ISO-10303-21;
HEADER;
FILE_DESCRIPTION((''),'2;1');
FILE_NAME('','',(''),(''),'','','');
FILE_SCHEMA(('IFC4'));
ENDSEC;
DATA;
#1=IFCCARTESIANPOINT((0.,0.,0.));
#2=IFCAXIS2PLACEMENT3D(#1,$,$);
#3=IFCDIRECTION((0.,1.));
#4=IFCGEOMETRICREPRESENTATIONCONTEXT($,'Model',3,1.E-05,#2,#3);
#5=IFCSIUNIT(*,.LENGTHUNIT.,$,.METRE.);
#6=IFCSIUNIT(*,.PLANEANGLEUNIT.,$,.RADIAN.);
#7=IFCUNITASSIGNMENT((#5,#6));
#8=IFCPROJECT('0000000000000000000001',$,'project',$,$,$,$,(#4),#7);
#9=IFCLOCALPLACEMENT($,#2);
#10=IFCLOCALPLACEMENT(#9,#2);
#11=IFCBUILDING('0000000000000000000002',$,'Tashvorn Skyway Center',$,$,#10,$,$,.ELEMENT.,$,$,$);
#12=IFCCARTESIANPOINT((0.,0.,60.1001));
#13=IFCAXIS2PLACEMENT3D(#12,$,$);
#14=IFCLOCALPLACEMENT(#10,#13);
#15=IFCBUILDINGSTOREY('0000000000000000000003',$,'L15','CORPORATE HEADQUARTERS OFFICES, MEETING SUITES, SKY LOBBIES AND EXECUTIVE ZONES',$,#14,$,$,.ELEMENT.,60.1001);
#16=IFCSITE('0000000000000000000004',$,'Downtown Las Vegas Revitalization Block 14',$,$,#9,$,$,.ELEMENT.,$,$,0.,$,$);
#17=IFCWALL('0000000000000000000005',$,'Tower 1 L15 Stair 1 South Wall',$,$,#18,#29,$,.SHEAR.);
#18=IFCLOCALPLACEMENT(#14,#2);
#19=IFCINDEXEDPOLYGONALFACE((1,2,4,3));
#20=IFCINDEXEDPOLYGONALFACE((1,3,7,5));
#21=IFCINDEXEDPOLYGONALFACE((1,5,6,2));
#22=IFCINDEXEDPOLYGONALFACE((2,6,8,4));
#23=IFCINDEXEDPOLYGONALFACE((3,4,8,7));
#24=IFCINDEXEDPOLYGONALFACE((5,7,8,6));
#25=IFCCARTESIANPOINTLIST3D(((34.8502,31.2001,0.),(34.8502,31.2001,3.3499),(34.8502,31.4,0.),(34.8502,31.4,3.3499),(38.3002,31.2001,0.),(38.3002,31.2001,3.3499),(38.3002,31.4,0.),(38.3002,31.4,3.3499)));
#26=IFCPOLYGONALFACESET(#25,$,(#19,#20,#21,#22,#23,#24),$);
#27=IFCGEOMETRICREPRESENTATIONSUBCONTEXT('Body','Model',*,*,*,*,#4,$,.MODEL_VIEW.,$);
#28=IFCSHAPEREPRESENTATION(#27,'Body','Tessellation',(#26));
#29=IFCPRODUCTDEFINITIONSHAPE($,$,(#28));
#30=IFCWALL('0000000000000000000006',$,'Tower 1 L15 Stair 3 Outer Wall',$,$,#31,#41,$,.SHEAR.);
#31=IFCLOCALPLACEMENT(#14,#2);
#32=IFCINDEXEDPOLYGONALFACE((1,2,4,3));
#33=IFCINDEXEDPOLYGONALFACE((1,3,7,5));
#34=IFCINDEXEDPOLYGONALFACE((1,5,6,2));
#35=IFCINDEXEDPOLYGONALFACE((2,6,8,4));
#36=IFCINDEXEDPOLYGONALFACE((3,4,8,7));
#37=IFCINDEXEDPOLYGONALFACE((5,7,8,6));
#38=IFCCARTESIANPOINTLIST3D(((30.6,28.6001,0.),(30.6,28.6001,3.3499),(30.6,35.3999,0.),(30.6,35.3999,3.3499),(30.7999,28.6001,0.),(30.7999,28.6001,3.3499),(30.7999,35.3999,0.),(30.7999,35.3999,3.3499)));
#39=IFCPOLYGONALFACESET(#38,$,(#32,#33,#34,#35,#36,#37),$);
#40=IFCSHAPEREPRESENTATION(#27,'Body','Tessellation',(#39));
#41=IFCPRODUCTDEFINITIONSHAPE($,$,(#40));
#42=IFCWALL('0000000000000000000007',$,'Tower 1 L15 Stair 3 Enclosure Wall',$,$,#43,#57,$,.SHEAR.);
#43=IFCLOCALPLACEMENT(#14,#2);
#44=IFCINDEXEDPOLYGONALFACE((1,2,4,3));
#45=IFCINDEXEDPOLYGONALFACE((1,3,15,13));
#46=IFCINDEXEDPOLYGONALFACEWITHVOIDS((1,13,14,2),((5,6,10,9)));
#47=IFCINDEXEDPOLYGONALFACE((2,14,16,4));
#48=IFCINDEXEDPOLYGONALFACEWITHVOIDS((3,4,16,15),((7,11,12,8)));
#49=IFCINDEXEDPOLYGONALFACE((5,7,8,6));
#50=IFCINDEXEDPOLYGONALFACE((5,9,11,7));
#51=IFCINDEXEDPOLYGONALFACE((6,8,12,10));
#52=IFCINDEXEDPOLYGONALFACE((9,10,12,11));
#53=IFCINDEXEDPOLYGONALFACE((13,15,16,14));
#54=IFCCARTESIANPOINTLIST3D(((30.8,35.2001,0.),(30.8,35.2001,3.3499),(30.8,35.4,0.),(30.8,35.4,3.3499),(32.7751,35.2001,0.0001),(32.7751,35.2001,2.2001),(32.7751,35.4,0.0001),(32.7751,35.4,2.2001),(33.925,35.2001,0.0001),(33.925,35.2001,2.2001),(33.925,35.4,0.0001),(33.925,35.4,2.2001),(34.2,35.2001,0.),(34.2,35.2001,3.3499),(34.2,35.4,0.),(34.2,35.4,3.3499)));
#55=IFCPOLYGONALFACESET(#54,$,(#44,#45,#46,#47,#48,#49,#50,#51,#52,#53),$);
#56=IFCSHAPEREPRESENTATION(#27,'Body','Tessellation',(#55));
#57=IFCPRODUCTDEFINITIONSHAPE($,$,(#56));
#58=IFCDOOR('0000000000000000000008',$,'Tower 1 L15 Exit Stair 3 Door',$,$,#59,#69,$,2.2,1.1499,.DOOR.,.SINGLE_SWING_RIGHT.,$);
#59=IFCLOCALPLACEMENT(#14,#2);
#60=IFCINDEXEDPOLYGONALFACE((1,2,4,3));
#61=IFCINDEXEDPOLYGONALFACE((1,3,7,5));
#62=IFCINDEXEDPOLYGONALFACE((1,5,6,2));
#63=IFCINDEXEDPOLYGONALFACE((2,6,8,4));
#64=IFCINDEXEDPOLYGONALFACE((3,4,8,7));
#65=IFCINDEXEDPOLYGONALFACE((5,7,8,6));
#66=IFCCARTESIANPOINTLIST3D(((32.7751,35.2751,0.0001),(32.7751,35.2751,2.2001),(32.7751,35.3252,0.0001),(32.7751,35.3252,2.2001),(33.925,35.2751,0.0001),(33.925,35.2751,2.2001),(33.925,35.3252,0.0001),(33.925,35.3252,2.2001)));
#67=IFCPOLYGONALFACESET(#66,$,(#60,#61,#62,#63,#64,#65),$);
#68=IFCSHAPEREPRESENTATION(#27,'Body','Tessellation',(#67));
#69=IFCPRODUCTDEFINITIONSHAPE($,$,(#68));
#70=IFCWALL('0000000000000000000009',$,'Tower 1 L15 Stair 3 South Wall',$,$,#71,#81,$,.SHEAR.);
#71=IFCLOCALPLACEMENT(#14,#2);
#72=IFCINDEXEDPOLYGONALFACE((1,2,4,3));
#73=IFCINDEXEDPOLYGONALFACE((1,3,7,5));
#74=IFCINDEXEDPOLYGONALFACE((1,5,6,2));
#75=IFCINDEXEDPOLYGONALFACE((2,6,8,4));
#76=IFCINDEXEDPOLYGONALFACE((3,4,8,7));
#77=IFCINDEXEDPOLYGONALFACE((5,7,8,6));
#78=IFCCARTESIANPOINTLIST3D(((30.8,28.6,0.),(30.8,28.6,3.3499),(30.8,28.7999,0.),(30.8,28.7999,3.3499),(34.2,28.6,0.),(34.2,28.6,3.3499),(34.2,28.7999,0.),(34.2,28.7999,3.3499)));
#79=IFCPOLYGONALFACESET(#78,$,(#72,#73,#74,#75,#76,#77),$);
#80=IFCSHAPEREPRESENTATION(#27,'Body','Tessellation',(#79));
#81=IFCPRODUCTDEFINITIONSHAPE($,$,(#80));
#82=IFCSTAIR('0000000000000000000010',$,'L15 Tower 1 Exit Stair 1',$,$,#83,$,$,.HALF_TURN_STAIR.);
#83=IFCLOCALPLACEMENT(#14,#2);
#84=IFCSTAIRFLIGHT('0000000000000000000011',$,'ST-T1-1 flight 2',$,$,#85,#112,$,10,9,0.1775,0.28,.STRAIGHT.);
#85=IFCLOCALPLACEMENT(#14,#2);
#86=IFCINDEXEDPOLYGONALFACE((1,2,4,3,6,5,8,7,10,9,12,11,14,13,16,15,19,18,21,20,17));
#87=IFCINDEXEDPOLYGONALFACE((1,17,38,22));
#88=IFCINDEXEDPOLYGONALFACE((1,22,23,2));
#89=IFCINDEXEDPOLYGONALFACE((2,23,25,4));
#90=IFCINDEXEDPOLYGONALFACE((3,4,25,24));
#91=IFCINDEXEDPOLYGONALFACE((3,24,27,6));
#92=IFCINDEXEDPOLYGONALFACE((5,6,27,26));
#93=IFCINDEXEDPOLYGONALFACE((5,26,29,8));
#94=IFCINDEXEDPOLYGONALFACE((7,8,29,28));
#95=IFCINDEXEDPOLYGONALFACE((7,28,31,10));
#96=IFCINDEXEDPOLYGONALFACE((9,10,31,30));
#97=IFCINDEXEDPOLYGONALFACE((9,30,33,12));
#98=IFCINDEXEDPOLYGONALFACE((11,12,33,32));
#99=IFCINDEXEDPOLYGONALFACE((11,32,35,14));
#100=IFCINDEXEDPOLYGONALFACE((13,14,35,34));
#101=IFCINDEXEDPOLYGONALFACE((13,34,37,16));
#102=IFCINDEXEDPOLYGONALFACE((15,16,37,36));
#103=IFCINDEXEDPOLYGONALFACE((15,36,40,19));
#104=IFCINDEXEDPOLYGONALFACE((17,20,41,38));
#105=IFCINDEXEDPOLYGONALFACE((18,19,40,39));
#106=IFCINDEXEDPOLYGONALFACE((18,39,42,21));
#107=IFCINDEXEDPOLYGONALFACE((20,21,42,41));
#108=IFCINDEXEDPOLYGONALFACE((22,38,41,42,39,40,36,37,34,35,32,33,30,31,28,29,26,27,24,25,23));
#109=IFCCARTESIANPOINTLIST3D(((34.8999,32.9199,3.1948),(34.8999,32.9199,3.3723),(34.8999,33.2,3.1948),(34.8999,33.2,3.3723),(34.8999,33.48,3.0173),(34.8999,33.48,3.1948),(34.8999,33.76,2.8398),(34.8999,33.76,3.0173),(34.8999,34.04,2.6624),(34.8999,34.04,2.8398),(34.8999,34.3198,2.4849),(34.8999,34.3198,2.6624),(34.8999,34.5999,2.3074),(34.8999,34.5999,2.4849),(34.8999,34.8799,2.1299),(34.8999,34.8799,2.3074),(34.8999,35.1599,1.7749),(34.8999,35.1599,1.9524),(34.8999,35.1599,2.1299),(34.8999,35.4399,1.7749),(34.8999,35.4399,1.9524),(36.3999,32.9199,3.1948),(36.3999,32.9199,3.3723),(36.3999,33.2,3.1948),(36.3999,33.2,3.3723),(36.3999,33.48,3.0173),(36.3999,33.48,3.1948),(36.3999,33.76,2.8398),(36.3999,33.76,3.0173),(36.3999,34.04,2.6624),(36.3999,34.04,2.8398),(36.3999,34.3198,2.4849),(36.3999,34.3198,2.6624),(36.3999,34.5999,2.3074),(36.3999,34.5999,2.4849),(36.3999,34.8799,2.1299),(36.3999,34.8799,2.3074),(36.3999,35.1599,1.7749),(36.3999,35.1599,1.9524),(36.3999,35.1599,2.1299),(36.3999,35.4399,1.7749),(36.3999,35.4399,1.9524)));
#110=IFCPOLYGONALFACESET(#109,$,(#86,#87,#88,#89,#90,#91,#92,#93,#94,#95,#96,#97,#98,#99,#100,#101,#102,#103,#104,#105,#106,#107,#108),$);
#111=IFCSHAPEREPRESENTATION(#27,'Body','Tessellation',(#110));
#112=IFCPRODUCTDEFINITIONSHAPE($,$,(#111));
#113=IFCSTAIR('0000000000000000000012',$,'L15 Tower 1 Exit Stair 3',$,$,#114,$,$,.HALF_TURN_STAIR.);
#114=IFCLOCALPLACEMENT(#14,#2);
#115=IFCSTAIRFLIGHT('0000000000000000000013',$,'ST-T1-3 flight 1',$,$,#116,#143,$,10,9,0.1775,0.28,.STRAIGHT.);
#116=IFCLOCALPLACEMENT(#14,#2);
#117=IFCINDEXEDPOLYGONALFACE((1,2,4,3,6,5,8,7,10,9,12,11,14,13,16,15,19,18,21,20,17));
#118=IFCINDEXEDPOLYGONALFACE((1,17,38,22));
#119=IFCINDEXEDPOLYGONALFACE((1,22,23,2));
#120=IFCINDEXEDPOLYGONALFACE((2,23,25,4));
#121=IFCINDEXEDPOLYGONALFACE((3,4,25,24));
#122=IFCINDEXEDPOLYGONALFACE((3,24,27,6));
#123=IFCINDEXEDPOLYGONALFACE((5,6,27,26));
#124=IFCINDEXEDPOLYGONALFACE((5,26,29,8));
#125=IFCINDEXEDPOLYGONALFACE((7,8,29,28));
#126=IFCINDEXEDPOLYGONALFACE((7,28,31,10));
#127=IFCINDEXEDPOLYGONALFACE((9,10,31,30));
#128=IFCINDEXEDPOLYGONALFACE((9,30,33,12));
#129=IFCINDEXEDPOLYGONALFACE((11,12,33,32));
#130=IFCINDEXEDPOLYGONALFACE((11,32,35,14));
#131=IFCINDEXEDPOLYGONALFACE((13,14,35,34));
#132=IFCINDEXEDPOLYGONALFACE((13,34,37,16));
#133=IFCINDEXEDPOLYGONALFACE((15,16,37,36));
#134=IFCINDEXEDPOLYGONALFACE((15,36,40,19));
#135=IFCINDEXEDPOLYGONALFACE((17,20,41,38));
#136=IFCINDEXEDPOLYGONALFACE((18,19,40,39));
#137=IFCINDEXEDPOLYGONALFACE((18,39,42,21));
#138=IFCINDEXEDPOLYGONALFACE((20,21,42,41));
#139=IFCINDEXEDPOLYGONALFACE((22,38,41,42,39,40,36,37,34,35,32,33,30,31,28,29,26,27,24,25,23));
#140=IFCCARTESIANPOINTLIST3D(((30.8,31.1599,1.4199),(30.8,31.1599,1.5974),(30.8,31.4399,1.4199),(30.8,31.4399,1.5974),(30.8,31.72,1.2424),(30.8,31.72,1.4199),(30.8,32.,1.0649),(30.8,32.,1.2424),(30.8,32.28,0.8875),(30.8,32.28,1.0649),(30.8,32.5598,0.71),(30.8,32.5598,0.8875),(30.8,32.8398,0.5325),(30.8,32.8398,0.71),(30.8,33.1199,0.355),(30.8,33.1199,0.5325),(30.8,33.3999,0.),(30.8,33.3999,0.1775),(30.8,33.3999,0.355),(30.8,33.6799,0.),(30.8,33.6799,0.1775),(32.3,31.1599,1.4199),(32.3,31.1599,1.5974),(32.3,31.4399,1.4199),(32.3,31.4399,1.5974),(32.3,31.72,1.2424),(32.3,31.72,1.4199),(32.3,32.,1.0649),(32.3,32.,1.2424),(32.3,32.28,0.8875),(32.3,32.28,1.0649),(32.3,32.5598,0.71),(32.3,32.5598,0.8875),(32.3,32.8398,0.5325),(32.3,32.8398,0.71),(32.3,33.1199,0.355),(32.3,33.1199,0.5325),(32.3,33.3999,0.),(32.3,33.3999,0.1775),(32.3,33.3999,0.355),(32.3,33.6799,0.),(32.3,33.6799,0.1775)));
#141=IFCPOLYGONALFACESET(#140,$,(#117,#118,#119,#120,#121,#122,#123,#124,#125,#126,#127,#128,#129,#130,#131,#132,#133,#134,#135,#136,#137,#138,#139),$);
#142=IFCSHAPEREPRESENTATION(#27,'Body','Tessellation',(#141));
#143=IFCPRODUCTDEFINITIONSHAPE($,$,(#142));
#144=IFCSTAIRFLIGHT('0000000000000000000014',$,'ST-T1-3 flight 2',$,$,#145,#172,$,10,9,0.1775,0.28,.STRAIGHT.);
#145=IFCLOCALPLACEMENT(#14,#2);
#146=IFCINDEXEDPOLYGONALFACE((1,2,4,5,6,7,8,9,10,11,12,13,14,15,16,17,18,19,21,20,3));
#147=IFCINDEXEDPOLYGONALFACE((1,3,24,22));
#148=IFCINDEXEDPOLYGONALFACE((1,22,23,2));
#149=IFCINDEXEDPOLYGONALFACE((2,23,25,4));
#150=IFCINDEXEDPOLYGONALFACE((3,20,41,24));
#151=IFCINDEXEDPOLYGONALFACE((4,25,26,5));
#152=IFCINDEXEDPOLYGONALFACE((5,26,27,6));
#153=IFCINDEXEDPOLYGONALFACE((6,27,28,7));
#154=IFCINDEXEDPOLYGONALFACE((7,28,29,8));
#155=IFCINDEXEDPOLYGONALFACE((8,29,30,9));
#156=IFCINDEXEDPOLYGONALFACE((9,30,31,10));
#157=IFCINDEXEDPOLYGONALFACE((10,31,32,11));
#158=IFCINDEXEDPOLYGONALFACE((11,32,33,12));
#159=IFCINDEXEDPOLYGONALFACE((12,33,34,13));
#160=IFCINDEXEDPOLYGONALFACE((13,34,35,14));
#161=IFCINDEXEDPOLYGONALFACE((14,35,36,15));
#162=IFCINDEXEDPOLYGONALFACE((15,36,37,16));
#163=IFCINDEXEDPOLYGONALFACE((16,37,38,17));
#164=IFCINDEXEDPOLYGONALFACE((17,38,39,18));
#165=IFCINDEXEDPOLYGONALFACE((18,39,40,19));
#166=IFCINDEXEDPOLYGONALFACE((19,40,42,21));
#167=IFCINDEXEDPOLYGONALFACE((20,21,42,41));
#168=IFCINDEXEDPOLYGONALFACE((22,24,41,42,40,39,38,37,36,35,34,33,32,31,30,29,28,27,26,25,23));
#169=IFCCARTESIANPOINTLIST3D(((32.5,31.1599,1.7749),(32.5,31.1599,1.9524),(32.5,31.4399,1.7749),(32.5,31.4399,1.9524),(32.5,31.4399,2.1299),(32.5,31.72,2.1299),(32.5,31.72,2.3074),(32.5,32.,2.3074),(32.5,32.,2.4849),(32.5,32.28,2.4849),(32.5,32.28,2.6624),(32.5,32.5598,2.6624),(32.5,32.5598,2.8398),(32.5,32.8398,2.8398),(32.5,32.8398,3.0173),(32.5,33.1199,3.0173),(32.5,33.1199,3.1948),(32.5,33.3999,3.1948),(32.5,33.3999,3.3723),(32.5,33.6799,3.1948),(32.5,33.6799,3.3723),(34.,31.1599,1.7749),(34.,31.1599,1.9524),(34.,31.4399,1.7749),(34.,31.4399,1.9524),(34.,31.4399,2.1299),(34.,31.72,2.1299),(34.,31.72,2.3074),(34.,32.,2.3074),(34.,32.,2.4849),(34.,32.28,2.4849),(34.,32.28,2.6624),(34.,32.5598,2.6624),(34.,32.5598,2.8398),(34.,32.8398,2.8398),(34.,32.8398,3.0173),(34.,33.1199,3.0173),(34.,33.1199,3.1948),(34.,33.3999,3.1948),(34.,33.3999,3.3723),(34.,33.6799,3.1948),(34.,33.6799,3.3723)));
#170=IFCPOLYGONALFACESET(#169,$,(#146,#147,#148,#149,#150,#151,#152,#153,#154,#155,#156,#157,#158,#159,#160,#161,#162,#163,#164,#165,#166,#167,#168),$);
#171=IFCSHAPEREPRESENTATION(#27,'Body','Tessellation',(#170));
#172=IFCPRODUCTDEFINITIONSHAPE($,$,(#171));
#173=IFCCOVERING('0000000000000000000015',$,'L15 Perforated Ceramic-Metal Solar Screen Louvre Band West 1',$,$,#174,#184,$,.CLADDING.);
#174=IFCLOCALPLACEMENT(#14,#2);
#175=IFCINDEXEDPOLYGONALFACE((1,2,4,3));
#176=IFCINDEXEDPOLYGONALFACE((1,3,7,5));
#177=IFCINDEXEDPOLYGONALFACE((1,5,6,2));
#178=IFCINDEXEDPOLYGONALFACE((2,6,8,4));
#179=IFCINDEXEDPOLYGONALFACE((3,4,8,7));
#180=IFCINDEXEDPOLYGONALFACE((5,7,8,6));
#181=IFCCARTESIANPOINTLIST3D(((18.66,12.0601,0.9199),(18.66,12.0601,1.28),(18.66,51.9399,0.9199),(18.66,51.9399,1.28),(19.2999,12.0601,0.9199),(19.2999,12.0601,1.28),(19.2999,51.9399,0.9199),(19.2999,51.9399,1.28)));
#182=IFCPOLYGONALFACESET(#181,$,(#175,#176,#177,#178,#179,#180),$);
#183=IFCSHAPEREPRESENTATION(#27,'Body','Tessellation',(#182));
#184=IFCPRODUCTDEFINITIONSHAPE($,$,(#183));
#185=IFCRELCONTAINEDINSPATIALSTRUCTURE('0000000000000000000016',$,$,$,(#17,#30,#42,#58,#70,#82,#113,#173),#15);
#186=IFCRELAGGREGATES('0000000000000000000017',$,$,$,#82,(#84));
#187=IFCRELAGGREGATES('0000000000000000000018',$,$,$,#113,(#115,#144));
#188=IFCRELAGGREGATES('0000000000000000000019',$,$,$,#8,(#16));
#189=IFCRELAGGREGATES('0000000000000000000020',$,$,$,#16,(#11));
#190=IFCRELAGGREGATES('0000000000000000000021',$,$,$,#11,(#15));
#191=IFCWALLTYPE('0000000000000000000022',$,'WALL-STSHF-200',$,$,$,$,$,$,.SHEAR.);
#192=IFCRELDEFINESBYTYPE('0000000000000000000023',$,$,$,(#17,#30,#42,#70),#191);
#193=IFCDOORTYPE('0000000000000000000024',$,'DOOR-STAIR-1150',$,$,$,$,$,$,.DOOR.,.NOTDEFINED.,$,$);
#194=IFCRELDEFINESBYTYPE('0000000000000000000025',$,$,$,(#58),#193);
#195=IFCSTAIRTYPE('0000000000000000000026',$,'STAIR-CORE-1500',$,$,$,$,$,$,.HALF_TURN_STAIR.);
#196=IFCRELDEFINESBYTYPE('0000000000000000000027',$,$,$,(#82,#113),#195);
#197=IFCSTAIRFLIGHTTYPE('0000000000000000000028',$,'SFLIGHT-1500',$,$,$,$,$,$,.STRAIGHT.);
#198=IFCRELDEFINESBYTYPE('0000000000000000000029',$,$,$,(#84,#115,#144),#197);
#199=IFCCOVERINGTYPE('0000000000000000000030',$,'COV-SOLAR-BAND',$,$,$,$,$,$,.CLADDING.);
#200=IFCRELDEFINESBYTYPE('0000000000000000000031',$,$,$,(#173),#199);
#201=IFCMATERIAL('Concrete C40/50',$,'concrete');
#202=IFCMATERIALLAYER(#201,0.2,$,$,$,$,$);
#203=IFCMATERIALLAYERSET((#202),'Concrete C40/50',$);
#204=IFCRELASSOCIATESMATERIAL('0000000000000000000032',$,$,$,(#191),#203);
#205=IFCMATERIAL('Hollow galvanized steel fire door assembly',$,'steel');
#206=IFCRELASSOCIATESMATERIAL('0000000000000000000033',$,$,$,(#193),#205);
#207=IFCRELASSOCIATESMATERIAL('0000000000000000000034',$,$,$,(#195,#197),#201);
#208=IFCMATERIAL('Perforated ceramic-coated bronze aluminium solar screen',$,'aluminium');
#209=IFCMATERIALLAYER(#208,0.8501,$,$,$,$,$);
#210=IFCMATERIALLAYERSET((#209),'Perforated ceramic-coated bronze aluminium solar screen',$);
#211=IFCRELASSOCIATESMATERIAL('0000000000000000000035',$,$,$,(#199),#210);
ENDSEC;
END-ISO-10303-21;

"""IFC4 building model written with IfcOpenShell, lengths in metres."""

from ifc_helpers import new_model, si_unit, direction, frame, frame_2d, origin, origin_2d, place, context, subcontext, project, spatial, polyline, rectangle, outline, extrude, material, layer, layer_set, type_object, element, fill, aggregate, save


model = new_model("IFC4")

# Units and contexts
model_context = context("Model", 3, precision=1e-05, world=origin(), true_north=direction((0.0, 1.0)))
body_context = subcontext(model_context, "Body", "Model", "MODEL_VIEW")
ifc_project = project(units=[si_unit("LENGTHUNIT", "METRE"), si_unit("PLANEANGLEUNIT", "RADIAN")], contexts=[model_context])

# Site, building, storey
site_placement = place(None, origin())
site = spatial("IfcSite", under=ifc_project, at=site_placement, Name="Downtown Las Vegas Revitalization Block 14", CompositionType="ELEMENT", RefElevation=0.0)
building_placement = place(site_placement, origin())
building = spatial("IfcBuilding", under=site, at=building_placement, Name="Tashvorn Skyway Center", CompositionType="ELEMENT")
storey_placement = place(building_placement, frame((0.0, 0.0, 60.1001)))
storey = spatial("IfcBuildingStorey", under=building, at=storey_placement, Name="L15", Description="CORPORATE HEADQUARTERS OFFICES, MEETING SUITES, SKY LOBBIES AND EXECUTIVE ZONES", CompositionType="ELEMENT", Elevation=60.1001)

# Walls
ifc_material_1 = material(Name="Concrete C40/50", Category="concrete")
ifc_layer_1 = layer(ifc_material_1, 0.2)
ifc_layer_set_1 = layer_set([ifc_layer_1], Name="Concrete C40/50")
wall_type_1 = type_object("IfcWallType", Name="WALL-STSHF-200", PredefinedType="SHEAR", material=ifc_layer_set_1)
wall_1_placement = place(storey_placement, frame((34.8501, 31.3, 0.0), z_axis=(0.0, 0.0, 1.0), x_axis=(1.0, 0.0, 0.0)))
element("IfcWall", 1, at=wall_1_placement, inside=storey, type_object=wall_type_1, Name="Tower 1 L15 Stair 1 South Wall", PredefinedType="SHEAR", context=body_context, shape_type="SweptSolid", body=[
    extrude(rectangle(XDim=3.45, YDim=0.2, at=frame_2d((1.7251, 0.0))), origin(), (0.0, 0.0, 1.0), 3.3499),
])
wall_2_placement = place(storey_placement, frame((30.7, 28.6001, 0.0), z_axis=(0.0, 0.0, 1.0), x_axis=(0.0, 1.0, 0.0)))
element("IfcWall", 2, at=wall_2_placement, inside=storey, type_object=wall_type_1, Name="Tower 1 L15 Stair 3 Outer Wall", PredefinedType="SHEAR", context=body_context, shape_type="SweptSolid", body=[
    extrude(rectangle(XDim=6.7998, YDim=0.2, at=frame_2d((3.3999, 0.0))), origin(), (0.0, 0.0, 1.0), 3.3499),
])

# Wall, opening, door
wall_3_placement = place(storey_placement, frame((34.2, 35.3, 0.0), z_axis=(0.0, 0.0, 1.0), x_axis=(-1.0, 0.0, 0.0)))
wall_3 = element("IfcWall", 3, at=wall_3_placement, inside=storey, type_object=wall_type_1, Name="Tower 1 L15 Stair 3 Enclosure Wall", PredefinedType="SHEAR", context=body_context, shape_type="SweptSolid", body=[
    extrude(rectangle(XDim=3.3999, YDim=0.2, at=frame_2d((1.7, 0.0))), origin(), (0.0, 0.0, 1.0), 3.3499),
])
opening_placement = place(wall_3_placement, frame((0.2749, 0.0, 0.0)))
opening = element("IfcOpeningElement", 4, at=opening_placement, cuts=wall_3, PredefinedType="OPENING", context=body_context, shape_type="SweptSolid", body=[
    extrude(rectangle(XDim=1.1499, YDim=2.2, at=frame_2d((0.575, 1.1001))), frame((0.0, 0.1099, 0.0), z_axis=(0.0, -1.0, 0.0), x_axis=(1.0, 0.0, 0.0)), (0.0, 0.0, 1.0), 0.22),
])
ifc_material_2 = material(Name="Hollow galvanized steel fire door assembly", Category="steel")
door_type = type_object("IfcDoorType", Name="DOOR-STAIR-1150", OperationType="NOTDEFINED", PredefinedType="DOOR", material=ifc_material_2)
door_placement = place(opening_placement, origin())
door = element("IfcDoor", 5, at=door_placement, inside=storey, type_object=door_type, Name="Tower 1 L15 Exit Stair 3 Door", OperationType="SINGLE_SWING_RIGHT", OverallHeight=2.2, OverallWidth=1.1499, PredefinedType="DOOR", context=body_context, shape_type="SweptSolid", body=[
    extrude(rectangle(XDim=1.1499, YDim=2.2, at=frame_2d((0.575, 1.1001))), frame((0.0, 0.0249, 0.0), z_axis=(0.0, -1.0, 0.0), x_axis=(1.0, 0.0, 0.0)), (0.0, 0.0, 1.0), 0.05),
])
fill(opening, door)

# Wall
wall_4_placement = place(storey_placement, frame((30.8, 28.7, 0.0), z_axis=(0.0, 0.0, 1.0), x_axis=(1.0, 0.0, 0.0)))
element("IfcWall", 6, at=wall_4_placement, inside=storey, type_object=wall_type_1, Name="Tower 1 L15 Stair 3 South Wall", PredefinedType="SHEAR", context=body_context, shape_type="SweptSolid", body=[
    extrude(rectangle(XDim=3.3999, YDim=0.2, at=frame_2d((1.7, 0.0))), origin(), (0.0, 0.0, 1.0), 3.3499),
])

# Stair, stair flight
stair_type = type_object("IfcStairType", Name="STAIR-CORE-1500", PredefinedType="HALF_TURN_STAIR", material=ifc_material_1)
stair_1_placement = place(storey_placement, origin())
stair_1 = element("IfcStair", 7, at=stair_1_placement, inside=storey, type_object=stair_type, Name="L15 Tower 1 Exit Stair 1", PredefinedType="HALF_TURN_STAIR")
stair_flight_type = type_object("IfcStairFlightType", Name="SFLIGHT-1500", PredefinedType="STRAIGHT", material=ifc_material_1)
stair_flight_1_placement = place(storey_placement, frame((35.6499, 35.4399, 1.7749), z_axis=(0.0, 0.0, 1.0), x_axis=(0.0, -1.0, 0.0)))
stair_flight_1 = element("IfcStairFlight", 8, at=stair_flight_1_placement, type_object=stair_flight_type, Name="ST-T1-1 flight 2", NumberOfRisers=10, NumberOfTreads=9, PredefinedType="STRAIGHT", RiserHeight=0.1775, TreadLength=0.28, context=body_context, shape_type="SweptSolid", body=[
    extrude(outline(polyline([(0.0, 0.0), (0.0, 0.1775), (0.28, 0.1775), (0.28, 0.355), (0.5601, 0.355), (0.5601, 0.5325), (0.8401, 0.5325), (0.8401, 0.71), (1.1201, 0.71), (1.1201, 0.8875), (1.3999, 0.8875), (1.3999, 1.0649), (1.6799, 1.0649), (1.6799, 1.2424), (1.96, 1.2424), (1.96, 1.4199), (2.24, 1.4199), (2.24, 1.5974), (2.52, 1.5974), (2.52, 1.7749), (2.52, 1.4199), (0.28, 0.0), (0.0, 0.0)])), frame((0.0, 0.75, 0.0), z_axis=(0.0, -1.0, 0.0), x_axis=(1.0, 0.0, 0.0)), (0.0, 0.0, 1.0), 1.5),
])
aggregate(stair_1, [stair_flight_1])

# Stair, stair flights
stair_2_placement = place(storey_placement, origin())
stair_2 = element("IfcStair", 9, at=stair_2_placement, inside=storey, type_object=stair_type, Name="L15 Tower 1 Exit Stair 3", PredefinedType="HALF_TURN_STAIR")
stair_flight_2_placement = place(storey_placement, frame((31.55, 33.6799, 0.0), z_axis=(0.0, 0.0, 1.0), x_axis=(0.0, -1.0, 0.0)))
stair_flight_2 = element("IfcStairFlight", 10, at=stair_flight_2_placement, type_object=stair_flight_type, Name="ST-T1-3 flight 1", NumberOfRisers=10, NumberOfTreads=9, PredefinedType="STRAIGHT", RiserHeight=0.1775, TreadLength=0.28, context=body_context, shape_type="SweptSolid", body=[
    extrude(outline(polyline([(0.0, 0.0), (0.0, 0.1775), (0.28, 0.1775), (0.28, 0.355), (0.5601, 0.355), (0.5601, 0.5325), (0.8401, 0.5325), (0.8401, 0.71), (1.1201, 0.71), (1.1201, 0.8875), (1.3999, 0.8875), (1.3999, 1.0649), (1.6799, 1.0649), (1.6799, 1.2424), (1.96, 1.2424), (1.96, 1.4199), (2.24, 1.4199), (2.24, 1.5974), (2.52, 1.5974), (2.52, 1.7749), (2.52, 1.4199), (0.28, 0.0), (0.0, 0.0)])), frame((0.0, 0.75, 0.0), z_axis=(0.0, -1.0, 0.0), x_axis=(1.0, 0.0, 0.0)), (0.0, 0.0, 1.0), 1.5),
])
stair_flight_3_placement = place(storey_placement, frame((33.25, 31.1599, 1.7749), z_axis=(0.0, 0.0, 1.0), x_axis=(0.0, 1.0, 0.0)))
stair_flight_3 = element("IfcStairFlight", 11, at=stair_flight_3_placement, type_object=stair_flight_type, Name="ST-T1-3 flight 2", NumberOfRisers=10, NumberOfTreads=9, PredefinedType="STRAIGHT", RiserHeight=0.1775, TreadLength=0.28, context=body_context, shape_type="SweptSolid", body=[
    extrude(outline(polyline([(0.0, 0.0), (0.0, 0.1775), (0.28, 0.1775), (0.28, 0.355), (0.5601, 0.355), (0.5601, 0.5325), (0.8401, 0.5325), (0.8401, 0.71), (1.1201, 0.71), (1.1201, 0.8875), (1.3999, 0.8875), (1.3999, 1.0649), (1.6799, 1.0649), (1.6799, 1.2424), (1.96, 1.2424), (1.96, 1.4199), (2.24, 1.4199), (2.24, 1.5974), (2.52, 1.5974), (2.52, 1.7749), (2.52, 1.4199), (0.28, 0.0), (0.0, 0.0)])), frame((0.0, 0.75, 0.0), z_axis=(0.0, -1.0, 0.0), x_axis=(1.0, 0.0, 0.0)), (0.0, 0.0, 1.0), 1.5),
])
aggregate(stair_2, [stair_flight_2, stair_flight_3])

# Covering
ifc_material_3 = material(Name="Perforated ceramic-coated bronze aluminium solar screen", Category="aluminium")
ifc_layer_2 = layer(ifc_material_3, 0.8501)
ifc_layer_set_2 = layer_set([ifc_layer_2], Name="Perforated ceramic-coated bronze aluminium solar screen")
covering_type = type_object("IfcCoveringType", Name="COV-SOLAR-BAND", PredefinedType="CLADDING", material=ifc_layer_set_2)
for number, where, z_axis, x_axis, name in (
    (12, (18.98, 32.0, 0.9199), (0.0, 0.0, 1.0), (0.0, 1.0, 0.0), "L15 Perforated Ceramic-Metal Solar Screen Louvre Band West 1"),
):
    element("IfcCovering", number, at=place(storey_placement, frame(where, z_axis=z_axis, x_axis=x_axis)), inside=storey, type_object=covering_type, Name=name, PredefinedType="CLADDING", context=body_context, shape_type="SweptSolid", body=[
        extrude(rectangle(XDim=39.8799, YDim=0.6399, at=origin_2d()), origin(), (0.0, 0.0, 1.0), 0.3601),
    ])

save(model, "model.ifc")
